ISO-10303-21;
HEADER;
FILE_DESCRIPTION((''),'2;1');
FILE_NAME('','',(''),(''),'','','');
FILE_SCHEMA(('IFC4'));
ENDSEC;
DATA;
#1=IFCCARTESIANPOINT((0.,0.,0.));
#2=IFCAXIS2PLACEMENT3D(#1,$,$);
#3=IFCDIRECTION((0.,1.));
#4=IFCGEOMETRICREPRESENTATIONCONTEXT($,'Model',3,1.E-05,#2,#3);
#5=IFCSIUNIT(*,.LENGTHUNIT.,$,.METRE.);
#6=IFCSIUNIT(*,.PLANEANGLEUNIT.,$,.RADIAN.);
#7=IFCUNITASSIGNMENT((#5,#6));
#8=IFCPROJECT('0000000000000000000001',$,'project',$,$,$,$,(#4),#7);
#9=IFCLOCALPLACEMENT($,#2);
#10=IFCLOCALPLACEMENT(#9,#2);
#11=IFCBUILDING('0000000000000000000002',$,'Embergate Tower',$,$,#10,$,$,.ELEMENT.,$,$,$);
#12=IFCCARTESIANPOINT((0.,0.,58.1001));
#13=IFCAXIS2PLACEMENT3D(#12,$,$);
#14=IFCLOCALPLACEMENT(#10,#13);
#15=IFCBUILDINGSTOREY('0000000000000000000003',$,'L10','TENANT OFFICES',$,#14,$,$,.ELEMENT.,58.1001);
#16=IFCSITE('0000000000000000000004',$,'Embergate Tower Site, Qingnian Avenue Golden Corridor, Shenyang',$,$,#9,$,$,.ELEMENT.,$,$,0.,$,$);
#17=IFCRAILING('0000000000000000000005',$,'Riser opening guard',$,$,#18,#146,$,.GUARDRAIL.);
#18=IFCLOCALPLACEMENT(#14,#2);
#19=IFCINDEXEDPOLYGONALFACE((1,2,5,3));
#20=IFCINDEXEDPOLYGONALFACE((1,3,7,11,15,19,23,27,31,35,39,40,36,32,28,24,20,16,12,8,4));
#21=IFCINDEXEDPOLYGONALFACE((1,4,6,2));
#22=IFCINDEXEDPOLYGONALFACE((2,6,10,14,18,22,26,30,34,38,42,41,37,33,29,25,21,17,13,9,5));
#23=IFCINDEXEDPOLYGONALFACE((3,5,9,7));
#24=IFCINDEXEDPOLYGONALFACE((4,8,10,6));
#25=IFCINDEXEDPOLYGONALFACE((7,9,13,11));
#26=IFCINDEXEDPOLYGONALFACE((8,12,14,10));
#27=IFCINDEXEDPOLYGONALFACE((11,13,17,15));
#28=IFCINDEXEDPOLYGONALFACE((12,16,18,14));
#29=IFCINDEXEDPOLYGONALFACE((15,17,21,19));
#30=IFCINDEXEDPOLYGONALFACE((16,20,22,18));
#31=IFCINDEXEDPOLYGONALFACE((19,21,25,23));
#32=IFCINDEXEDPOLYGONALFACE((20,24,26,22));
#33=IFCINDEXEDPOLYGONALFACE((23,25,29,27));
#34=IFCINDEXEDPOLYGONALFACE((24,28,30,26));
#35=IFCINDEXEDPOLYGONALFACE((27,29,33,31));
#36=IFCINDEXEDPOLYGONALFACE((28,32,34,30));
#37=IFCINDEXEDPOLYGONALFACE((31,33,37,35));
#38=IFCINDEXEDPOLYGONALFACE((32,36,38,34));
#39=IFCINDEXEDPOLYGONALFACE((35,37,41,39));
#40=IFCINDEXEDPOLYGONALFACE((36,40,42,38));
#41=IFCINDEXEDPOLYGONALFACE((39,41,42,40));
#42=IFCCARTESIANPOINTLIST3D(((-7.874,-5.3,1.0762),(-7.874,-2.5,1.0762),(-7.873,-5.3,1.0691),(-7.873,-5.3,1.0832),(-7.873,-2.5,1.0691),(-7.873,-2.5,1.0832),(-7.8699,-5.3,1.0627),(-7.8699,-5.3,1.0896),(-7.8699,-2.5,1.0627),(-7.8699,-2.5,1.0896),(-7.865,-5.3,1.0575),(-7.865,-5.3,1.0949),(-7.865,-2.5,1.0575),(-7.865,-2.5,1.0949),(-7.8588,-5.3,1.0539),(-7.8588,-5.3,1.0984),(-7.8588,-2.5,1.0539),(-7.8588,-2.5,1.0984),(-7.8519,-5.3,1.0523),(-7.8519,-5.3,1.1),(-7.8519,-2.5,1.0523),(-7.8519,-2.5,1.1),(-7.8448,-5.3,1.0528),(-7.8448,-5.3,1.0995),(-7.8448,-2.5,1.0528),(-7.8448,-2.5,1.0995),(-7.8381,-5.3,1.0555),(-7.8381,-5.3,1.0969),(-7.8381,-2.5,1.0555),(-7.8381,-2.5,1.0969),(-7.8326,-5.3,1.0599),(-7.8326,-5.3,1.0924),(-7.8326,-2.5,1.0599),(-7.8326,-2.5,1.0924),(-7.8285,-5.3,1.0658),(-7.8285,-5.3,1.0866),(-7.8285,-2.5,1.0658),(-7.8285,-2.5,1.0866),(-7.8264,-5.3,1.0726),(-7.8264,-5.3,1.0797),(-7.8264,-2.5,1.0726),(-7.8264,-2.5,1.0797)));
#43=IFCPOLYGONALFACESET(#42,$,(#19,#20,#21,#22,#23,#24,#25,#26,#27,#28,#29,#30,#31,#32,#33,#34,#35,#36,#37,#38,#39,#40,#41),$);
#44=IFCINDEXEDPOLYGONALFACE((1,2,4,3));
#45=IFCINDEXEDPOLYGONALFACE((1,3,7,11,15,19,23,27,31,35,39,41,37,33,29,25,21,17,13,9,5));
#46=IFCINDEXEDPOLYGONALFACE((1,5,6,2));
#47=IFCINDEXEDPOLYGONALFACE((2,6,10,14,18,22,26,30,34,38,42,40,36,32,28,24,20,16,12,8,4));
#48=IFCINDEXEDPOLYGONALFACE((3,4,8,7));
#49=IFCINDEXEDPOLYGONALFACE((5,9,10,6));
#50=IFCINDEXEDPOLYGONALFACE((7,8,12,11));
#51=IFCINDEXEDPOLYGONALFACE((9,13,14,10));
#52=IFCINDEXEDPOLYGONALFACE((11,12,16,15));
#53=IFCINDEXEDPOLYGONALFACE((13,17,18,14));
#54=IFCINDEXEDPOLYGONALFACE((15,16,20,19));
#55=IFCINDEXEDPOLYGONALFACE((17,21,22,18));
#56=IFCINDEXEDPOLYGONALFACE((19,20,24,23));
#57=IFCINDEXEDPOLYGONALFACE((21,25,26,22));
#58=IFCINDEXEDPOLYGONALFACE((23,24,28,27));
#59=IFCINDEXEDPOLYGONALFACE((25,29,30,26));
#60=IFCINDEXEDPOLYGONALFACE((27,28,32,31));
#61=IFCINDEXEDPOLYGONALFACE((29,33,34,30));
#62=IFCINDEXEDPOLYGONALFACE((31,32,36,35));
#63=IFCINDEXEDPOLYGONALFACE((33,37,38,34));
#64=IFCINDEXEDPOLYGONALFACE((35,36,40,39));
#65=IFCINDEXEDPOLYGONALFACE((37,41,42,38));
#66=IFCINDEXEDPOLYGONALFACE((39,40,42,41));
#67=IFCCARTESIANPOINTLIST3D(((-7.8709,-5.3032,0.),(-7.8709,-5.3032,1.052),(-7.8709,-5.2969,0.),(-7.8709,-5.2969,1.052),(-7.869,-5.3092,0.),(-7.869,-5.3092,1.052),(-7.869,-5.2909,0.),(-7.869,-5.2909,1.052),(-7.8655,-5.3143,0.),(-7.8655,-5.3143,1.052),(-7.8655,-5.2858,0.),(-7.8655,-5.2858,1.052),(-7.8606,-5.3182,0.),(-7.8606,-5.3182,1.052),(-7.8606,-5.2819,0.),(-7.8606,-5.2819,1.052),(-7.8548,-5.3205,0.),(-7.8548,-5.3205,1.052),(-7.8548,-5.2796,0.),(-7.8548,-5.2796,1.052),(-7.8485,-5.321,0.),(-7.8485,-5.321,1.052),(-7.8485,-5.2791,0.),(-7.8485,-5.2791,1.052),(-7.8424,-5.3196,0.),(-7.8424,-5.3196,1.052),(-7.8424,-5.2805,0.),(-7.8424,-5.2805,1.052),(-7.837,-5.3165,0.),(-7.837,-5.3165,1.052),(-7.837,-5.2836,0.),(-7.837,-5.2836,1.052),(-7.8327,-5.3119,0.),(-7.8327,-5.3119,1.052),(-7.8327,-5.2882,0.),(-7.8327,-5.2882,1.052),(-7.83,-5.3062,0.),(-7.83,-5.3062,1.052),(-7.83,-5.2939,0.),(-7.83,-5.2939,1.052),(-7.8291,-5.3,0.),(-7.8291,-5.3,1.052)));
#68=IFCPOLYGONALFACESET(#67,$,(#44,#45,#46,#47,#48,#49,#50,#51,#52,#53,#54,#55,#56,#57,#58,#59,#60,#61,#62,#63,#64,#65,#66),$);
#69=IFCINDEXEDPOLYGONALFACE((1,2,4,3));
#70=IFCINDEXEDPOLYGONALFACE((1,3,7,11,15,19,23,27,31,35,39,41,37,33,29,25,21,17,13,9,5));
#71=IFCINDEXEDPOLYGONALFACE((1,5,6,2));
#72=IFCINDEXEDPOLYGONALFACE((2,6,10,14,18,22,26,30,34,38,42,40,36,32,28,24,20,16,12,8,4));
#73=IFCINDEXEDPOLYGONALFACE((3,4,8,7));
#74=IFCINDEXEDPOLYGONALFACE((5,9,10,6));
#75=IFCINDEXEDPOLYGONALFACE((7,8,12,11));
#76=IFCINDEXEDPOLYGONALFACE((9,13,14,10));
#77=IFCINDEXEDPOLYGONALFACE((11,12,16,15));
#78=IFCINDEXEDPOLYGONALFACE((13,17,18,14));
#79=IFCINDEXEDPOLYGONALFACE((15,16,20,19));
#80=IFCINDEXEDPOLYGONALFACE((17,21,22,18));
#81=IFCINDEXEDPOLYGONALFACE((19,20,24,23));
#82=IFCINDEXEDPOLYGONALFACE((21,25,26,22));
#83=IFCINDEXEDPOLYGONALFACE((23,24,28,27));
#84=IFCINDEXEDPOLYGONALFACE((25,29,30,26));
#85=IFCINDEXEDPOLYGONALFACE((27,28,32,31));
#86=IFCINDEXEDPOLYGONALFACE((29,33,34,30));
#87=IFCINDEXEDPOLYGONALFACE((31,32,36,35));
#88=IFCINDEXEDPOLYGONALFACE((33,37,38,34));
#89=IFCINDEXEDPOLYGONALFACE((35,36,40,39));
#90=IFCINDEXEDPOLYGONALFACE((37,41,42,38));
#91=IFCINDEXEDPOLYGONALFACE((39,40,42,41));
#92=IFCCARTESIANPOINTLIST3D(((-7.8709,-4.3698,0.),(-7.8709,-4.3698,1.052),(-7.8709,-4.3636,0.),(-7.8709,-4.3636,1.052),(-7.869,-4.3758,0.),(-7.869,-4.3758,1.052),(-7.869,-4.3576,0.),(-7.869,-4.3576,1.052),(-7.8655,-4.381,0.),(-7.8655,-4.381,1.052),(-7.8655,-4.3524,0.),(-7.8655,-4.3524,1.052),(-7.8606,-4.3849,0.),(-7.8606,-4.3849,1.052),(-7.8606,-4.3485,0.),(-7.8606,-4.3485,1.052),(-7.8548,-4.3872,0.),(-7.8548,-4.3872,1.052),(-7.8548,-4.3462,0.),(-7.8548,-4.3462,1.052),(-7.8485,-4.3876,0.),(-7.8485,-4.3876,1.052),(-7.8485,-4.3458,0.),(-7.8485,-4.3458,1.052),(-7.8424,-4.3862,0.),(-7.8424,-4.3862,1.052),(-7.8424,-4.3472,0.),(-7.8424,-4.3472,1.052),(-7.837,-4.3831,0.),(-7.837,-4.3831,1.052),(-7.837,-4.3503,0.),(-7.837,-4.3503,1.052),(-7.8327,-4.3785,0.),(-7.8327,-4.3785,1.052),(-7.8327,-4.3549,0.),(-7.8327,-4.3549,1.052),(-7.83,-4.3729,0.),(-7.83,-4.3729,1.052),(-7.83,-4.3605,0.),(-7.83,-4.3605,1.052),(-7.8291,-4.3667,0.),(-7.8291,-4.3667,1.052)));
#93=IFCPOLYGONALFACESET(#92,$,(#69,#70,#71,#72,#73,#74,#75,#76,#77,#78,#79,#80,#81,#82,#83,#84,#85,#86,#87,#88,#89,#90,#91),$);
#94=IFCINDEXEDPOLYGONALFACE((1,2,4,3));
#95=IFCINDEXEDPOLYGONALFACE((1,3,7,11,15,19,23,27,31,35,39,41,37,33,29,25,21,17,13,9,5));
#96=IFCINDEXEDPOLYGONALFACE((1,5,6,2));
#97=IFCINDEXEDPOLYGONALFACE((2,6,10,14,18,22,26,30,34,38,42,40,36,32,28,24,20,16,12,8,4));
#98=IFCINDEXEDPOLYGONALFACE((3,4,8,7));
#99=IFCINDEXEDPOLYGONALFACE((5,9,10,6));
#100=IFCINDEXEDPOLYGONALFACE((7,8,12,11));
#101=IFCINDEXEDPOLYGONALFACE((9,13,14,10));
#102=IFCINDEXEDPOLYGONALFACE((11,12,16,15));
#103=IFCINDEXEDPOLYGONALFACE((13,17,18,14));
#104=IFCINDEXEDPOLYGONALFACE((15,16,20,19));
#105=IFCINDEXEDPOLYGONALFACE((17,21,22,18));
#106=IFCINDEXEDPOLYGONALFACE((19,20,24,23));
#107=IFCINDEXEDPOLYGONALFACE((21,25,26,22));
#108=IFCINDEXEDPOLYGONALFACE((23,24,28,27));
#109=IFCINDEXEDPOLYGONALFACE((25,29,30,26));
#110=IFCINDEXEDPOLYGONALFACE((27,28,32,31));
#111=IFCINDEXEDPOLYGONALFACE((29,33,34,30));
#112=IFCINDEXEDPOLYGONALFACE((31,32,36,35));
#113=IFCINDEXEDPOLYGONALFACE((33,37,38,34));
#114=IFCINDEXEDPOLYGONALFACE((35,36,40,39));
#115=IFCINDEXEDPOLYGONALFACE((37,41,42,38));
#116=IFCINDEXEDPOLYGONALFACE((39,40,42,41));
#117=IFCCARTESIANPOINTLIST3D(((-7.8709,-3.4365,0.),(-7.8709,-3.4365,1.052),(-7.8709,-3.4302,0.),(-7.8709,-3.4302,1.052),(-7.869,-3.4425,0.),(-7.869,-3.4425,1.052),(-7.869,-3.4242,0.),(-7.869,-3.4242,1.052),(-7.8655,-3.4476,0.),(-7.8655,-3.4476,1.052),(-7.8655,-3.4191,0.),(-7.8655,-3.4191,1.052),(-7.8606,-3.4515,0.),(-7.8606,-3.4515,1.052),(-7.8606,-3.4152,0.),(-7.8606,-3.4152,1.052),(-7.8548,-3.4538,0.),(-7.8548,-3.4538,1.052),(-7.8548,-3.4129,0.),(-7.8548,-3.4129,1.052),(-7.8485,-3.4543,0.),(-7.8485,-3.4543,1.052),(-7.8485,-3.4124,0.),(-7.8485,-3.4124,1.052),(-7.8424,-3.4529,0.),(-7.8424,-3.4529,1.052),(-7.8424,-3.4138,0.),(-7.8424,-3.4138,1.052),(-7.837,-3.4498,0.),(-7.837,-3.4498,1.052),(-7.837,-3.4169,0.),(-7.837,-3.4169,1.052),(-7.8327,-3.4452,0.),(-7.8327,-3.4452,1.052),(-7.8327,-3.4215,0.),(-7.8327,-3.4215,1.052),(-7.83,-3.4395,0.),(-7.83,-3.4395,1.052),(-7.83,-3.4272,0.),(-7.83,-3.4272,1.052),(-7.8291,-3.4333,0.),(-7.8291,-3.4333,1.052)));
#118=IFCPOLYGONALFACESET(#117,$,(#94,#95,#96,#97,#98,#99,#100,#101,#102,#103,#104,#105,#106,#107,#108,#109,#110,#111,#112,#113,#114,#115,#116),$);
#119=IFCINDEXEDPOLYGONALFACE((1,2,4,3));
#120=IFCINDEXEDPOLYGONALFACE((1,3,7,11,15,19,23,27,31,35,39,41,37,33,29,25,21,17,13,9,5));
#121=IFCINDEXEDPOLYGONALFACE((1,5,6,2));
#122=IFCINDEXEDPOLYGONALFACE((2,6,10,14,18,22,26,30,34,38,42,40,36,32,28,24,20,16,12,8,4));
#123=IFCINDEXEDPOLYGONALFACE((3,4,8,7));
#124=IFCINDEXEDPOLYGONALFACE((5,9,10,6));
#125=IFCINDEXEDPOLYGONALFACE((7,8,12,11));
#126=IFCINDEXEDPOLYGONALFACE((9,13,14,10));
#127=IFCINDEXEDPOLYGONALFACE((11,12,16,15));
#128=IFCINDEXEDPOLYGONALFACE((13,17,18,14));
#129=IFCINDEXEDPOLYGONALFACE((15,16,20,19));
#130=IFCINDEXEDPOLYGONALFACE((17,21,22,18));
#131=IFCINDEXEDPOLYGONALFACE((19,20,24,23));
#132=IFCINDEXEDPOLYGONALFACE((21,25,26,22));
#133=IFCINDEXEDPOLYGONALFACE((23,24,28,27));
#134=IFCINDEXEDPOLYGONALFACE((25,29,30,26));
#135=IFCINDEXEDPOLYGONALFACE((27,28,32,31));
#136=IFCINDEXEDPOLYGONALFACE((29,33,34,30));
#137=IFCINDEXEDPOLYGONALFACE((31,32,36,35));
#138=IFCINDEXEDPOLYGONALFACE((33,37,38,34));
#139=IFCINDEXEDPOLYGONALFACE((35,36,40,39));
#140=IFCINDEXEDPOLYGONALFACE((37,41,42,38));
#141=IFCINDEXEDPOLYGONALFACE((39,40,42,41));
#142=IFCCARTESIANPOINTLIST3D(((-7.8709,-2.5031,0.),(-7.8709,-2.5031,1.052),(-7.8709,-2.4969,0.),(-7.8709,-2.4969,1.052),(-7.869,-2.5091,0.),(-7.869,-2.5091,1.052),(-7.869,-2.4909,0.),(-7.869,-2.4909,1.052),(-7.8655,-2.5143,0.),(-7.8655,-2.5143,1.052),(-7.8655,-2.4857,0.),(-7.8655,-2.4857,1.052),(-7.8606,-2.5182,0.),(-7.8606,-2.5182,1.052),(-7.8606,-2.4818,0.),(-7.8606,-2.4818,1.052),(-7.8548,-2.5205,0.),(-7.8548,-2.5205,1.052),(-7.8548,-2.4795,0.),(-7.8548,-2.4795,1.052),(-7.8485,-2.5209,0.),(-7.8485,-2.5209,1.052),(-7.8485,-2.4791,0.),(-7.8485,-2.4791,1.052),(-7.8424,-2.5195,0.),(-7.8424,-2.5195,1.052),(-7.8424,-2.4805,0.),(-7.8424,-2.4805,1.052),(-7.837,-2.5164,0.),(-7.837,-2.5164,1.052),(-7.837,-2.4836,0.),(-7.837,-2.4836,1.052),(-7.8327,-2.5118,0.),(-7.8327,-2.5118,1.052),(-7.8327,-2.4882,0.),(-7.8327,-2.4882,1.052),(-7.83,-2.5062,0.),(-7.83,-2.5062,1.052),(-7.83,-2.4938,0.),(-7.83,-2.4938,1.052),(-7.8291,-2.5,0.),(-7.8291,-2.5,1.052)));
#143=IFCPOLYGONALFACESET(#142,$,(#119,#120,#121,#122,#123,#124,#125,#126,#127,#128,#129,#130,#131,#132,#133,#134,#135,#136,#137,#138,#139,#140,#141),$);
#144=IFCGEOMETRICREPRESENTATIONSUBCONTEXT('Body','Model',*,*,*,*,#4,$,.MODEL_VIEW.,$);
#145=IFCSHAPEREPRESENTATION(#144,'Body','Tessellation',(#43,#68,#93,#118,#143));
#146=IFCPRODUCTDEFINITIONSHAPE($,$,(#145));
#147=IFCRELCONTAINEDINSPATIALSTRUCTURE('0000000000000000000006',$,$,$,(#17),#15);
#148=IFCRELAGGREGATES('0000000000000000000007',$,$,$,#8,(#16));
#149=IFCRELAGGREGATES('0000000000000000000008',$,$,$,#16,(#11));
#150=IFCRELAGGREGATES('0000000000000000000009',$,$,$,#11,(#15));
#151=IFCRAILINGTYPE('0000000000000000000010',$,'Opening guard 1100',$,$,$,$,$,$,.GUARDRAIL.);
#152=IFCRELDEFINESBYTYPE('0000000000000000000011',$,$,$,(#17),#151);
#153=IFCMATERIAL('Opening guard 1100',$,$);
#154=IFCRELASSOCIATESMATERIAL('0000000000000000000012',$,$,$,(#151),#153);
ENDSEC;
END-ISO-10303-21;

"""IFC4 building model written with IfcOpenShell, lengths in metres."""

from ifc_helpers import new_model, si_unit, direction, frame, origin, origin_2d, place, context, subcontext, project, spatial, circle, extrude, source, transform, mapped, material, type_object, element, save


model = new_model("IFC4")

# Units and contexts
model_context = context("Model", 3, precision=1e-05, world=origin(), true_north=direction((0.0, 1.0)))
body_context = subcontext(model_context, "Body", "Model", "MODEL_VIEW")
ifc_project = project(units=[si_unit("LENGTHUNIT", "METRE"), si_unit("PLANEANGLEUNIT", "RADIAN")], contexts=[model_context])

# Site, building, storey
site_placement = place(None, origin())
site = spatial("IfcSite", under=ifc_project, at=site_placement, Name="Embergate Tower Site, Qingnian Avenue Golden Corridor, Shenyang", CompositionType="ELEMENT", RefElevation=0.0)
building_placement = place(site_placement, origin())
building = spatial("IfcBuilding", under=site, at=building_placement, Name="Embergate Tower", CompositionType="ELEMENT")
storey_placement = place(building_placement, frame((0.0, 0.0, 58.1001)))
storey = spatial("IfcBuildingStorey", under=building, at=storey_placement, Name="L10", Description="TENANT OFFICES", CompositionType="ELEMENT", Elevation=58.1001)

# Railing
ifc_material_1 = material(Name="Opening guard 1100")
railing_type_1 = type_object("IfcRailingType", Name="Opening guard 1100", PredefinedType="GUARDRAIL", material=ifc_material_1)
shared_shape_1 = source(origin(), body_context, "Body", "SweptSolid", [
    extrude(circle(Radius=0.0239, at=origin_2d()), frame((0.0, 0.0, 1.0762), z_axis=(0.0, 1.0, 0.0), x_axis=(-1.0, 0.0, 0.0)), (0.0, 0.0, 1.0), 2.8),
    extrude(circle(Radius=0.021, at=origin_2d()), origin(), (0.0, 0.0, 1.0), 1.052),
    extrude(circle(Radius=0.021, at=origin_2d()), frame((0.0, 0.9333, 0.0)), (0.0, 0.0, 1.0), 1.052),
    extrude(circle(Radius=0.021, at=origin_2d()), frame((0.0, 1.8667, 0.0)), (0.0, 0.0, 1.0), 1.052),
    extrude(circle(Radius=0.021, at=origin_2d()), frame((0.0, 2.8, 0.0)), (0.0, 0.0, 1.0), 1.052),
])
railing_1_placement = place(storey_placement, frame((-7.8501, -5.3, 0.0)))
element("IfcRailing", 1, at=railing_1_placement, inside=storey, type_object=railing_type_1, Name="Riser opening guard", PredefinedType="GUARDRAIL", context=body_context, shape_type="MappedRepresentation", body=[
    mapped(shared_shape_1, transform((0.0, 0.0, 0.0))),
])

save(model, "model.ifc")
